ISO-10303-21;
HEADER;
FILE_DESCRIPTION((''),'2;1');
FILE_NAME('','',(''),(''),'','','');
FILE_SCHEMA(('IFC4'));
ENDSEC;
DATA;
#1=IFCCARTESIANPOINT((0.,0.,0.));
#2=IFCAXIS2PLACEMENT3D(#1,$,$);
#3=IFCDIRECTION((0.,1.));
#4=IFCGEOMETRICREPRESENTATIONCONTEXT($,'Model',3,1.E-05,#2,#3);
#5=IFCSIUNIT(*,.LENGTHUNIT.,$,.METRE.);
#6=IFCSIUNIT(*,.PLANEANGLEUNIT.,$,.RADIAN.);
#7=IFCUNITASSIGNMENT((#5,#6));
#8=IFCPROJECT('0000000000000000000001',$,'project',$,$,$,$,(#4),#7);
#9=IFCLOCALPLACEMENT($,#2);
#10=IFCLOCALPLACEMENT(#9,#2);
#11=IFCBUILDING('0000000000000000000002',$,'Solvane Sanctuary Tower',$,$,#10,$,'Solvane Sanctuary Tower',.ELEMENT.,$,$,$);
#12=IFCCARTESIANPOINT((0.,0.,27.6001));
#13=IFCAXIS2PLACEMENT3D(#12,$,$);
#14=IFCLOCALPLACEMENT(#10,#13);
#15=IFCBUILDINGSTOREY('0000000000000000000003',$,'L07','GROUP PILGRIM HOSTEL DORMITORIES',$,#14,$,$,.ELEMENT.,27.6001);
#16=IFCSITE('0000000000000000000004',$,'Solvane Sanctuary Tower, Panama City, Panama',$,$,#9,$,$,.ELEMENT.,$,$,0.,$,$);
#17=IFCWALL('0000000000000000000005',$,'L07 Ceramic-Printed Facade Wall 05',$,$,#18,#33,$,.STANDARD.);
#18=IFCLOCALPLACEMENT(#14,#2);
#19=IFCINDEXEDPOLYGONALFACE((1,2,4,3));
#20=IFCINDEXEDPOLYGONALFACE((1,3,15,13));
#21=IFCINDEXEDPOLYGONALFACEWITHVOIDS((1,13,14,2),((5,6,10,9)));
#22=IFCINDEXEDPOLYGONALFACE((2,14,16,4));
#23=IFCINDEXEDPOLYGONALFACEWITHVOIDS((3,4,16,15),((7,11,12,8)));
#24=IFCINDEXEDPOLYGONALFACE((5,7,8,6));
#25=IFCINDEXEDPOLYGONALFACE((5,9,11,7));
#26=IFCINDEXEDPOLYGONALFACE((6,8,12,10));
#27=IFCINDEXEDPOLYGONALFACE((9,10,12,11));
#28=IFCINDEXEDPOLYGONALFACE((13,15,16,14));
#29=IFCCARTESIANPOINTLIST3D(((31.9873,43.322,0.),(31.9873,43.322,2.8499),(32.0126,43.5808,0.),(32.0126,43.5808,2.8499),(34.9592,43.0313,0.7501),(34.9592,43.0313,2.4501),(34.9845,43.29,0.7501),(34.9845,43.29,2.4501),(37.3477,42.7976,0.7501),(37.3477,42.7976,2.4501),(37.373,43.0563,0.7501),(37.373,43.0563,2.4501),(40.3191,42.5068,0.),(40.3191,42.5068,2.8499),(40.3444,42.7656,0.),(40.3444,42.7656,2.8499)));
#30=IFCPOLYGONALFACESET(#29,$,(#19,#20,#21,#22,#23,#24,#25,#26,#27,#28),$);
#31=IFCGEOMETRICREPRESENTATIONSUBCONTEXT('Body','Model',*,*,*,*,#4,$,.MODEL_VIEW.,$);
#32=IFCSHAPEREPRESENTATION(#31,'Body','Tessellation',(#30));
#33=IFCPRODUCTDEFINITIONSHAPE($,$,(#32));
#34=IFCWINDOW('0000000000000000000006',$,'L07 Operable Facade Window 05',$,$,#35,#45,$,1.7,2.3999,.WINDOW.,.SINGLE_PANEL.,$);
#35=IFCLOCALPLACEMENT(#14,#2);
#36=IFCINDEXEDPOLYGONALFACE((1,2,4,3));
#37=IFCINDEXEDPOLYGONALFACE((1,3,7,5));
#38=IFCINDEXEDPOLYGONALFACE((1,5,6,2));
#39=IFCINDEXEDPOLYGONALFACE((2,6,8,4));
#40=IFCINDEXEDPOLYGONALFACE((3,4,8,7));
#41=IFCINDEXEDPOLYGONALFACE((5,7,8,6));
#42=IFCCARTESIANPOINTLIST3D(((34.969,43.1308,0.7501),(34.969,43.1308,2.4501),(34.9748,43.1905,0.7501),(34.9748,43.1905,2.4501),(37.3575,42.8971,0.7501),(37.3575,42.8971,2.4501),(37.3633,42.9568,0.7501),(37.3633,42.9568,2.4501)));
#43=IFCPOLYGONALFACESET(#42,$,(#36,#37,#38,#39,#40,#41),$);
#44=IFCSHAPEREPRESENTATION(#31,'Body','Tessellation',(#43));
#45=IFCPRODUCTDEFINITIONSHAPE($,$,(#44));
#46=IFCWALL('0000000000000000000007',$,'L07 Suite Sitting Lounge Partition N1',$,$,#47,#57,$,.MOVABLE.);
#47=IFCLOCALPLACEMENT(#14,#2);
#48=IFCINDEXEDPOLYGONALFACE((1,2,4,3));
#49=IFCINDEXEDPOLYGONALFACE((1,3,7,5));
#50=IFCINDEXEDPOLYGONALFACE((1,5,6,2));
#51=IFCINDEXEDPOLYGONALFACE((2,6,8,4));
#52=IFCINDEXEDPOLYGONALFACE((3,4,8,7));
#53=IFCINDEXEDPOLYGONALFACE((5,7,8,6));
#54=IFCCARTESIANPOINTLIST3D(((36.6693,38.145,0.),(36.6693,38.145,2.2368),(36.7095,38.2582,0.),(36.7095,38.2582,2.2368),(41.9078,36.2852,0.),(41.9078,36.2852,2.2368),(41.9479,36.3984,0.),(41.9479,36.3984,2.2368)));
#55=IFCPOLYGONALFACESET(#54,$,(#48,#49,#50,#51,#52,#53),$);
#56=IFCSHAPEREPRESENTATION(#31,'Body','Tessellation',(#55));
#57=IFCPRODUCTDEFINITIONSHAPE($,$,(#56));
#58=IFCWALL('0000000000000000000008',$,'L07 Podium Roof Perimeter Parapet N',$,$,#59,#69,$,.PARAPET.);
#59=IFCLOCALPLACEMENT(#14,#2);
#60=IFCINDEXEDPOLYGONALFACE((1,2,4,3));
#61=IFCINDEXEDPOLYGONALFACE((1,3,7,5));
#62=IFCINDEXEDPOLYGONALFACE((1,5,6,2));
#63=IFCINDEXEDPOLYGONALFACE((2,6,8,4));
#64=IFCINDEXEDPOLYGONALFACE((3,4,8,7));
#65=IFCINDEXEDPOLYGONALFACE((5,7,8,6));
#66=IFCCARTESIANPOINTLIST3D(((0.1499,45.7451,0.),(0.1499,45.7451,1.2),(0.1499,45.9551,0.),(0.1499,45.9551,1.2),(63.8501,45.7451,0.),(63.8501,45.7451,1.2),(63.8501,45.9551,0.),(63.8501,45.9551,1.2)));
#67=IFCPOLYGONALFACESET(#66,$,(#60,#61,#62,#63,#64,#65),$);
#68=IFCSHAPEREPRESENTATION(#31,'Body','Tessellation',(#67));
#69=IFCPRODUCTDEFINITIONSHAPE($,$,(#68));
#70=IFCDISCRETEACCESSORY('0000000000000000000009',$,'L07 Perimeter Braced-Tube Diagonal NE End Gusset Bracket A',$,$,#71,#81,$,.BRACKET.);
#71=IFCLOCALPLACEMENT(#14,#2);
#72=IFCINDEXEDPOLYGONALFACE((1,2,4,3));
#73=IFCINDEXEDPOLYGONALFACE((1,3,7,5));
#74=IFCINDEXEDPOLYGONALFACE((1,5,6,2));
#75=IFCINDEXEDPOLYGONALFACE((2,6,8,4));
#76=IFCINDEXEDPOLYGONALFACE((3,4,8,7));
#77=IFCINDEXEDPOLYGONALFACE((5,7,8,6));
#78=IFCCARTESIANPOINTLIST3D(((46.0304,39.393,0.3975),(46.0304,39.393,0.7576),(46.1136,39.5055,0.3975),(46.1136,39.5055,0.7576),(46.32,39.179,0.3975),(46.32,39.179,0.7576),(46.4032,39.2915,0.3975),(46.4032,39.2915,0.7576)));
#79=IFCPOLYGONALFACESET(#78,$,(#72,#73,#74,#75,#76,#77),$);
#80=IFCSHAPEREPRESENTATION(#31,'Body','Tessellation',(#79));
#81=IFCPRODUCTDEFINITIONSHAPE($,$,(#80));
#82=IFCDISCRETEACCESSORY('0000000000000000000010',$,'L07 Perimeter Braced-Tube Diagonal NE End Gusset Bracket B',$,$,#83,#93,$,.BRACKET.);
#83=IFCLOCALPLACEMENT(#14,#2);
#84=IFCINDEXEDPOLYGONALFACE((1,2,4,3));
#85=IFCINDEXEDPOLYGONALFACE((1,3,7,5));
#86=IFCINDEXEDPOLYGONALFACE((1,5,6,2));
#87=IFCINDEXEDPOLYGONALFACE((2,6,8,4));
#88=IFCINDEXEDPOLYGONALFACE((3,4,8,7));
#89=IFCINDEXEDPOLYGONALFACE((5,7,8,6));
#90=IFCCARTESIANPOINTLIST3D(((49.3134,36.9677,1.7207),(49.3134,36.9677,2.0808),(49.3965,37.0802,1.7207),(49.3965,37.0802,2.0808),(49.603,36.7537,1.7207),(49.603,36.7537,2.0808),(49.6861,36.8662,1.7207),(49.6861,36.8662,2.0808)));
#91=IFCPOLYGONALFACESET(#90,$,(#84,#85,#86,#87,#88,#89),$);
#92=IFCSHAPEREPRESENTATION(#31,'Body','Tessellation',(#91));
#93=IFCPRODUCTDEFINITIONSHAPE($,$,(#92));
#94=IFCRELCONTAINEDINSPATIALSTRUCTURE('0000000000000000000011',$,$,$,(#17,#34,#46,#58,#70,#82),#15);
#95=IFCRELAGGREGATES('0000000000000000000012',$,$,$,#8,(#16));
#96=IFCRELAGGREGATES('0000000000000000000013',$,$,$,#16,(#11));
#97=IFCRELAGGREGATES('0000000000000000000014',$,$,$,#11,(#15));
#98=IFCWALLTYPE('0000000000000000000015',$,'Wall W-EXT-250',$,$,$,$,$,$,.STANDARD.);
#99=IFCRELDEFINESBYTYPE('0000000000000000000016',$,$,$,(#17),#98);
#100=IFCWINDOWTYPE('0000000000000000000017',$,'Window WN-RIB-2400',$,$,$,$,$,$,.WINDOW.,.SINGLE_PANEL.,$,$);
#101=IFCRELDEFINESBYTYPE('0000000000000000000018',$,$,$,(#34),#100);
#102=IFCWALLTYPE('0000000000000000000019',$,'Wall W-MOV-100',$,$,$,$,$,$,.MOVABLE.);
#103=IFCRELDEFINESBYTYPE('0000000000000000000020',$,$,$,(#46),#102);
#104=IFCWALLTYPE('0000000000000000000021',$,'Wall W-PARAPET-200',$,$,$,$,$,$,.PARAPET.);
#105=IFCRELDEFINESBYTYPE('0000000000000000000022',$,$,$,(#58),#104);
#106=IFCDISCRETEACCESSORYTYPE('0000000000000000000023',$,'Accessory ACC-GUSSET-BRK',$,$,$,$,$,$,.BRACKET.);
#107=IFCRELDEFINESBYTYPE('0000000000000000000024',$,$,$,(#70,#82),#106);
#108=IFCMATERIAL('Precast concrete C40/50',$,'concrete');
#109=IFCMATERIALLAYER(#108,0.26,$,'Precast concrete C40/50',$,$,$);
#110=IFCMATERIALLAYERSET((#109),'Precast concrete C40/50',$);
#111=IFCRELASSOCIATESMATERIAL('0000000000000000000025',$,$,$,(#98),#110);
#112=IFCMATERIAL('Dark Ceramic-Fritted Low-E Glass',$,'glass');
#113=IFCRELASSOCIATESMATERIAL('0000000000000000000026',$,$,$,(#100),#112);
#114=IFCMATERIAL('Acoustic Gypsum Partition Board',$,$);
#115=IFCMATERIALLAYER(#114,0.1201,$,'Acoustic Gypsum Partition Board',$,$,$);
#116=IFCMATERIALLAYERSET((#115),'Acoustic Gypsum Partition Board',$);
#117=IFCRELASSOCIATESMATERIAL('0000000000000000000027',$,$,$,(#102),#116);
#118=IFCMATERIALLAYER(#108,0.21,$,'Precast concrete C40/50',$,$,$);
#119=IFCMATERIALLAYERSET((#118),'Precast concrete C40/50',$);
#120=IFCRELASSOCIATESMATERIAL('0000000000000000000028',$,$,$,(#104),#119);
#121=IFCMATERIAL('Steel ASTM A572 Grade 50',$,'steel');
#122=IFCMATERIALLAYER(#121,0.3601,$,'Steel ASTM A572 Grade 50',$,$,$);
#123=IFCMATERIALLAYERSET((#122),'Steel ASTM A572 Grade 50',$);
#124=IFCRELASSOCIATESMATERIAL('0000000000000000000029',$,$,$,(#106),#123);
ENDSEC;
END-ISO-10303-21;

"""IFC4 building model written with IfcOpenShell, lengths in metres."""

from ifc_helpers import new_model, si_unit, direction, frame, frame_2d, origin, origin_2d, place, context, subcontext, project, spatial, rectangle, extrude, material, layer, layer_set, type_object, element, fill, save


model = new_model("IFC4")

# Units and contexts
model_context = context("Model", 3, precision=1e-05, world=origin(), true_north=direction((0.0, 1.0)))
body_context = subcontext(model_context, "Body", "Model", "MODEL_VIEW")
ifc_project = project(units=[si_unit("LENGTHUNIT", "METRE"), si_unit("PLANEANGLEUNIT", "RADIAN")], contexts=[model_context])

# Site, building, storey
site_placement = place(None, origin())
site = spatial("IfcSite", under=ifc_project, at=site_placement, Name="Solvane Sanctuary Tower, Panama City, Panama", CompositionType="ELEMENT", RefElevation=0.0)
building_placement = place(site_placement, origin())
building = spatial("IfcBuilding", under=site, at=building_placement, Name="Solvane Sanctuary Tower", LongName="Solvane Sanctuary Tower", CompositionType="ELEMENT")
storey_placement = place(building_placement, frame((0.0, 0.0, 27.6001)))
storey = spatial("IfcBuildingStorey", under=building, at=storey_placement, Name="L07", Description="GROUP PILGRIM HOSTEL DORMITORIES", CompositionType="ELEMENT", Elevation=27.6001)

# Shared definitions
ifc_material_1 = material(Name="Acoustic Gypsum Partition Board")

# Shared definitions
ifc_material_2 = material(Name="Precast concrete C40/50", Category="concrete")
ifc_layer_1 = layer(ifc_material_2, 0.26, Name="Precast concrete C40/50")
ifc_layer_set_1 = layer_set([ifc_layer_1], Name="Precast concrete C40/50")
wall_type_1 = type_object("IfcWallType", Name="Wall W-EXT-250", PredefinedType="STANDARD", material=ifc_layer_set_1)
ifc_material_3 = material(Name="Dark Ceramic-Fritted Low-E Glass", Category="glass")
window_type_1 = type_object("IfcWindowType", Name="Window WN-RIB-2400", PartitioningType="SINGLE_PANEL", PredefinedType="WINDOW", material=ifc_material_3)

# Wall, opening, window
wall_1_placement = place(storey_placement, frame((40.3318, 42.6362, 0.0), z_axis=(0.0, 0.0, 1.0), x_axis=(-0.995248, 0.097375, 0.0)))
wall_1 = element("IfcWall", 1, at=wall_1_placement, inside=storey, type_object=wall_type_1, Name="L07 Ceramic-Printed Facade Wall 05", PredefinedType="STANDARD", context=body_context, shape_type="SweptSolid", body=[
    extrude(rectangle(XDim=8.3716, YDim=0.26, at=frame_2d((4.1858, 0.0))), origin(), (0.0, 0.0, 1.0), 2.8499),
])
opening_1_placement = place(wall_1_placement, frame((2.9856, 0.0, 0.75)))
opening_1 = element("IfcOpeningElement", 2, at=opening_1_placement, cuts=wall_1, PredefinedType="OPENING", context=body_context, shape_type="SweptSolid", body=[
    extrude(rectangle(XDim=2.3999, YDim=1.7, at=frame_2d((1.2, 0.8501))), frame((0.0, 0.1399, 0.0), z_axis=(0.0, -1.0, 0.0), x_axis=(1.0, 0.0, 0.0)), (0.0, 0.0, 1.0), 0.28),
])
window_1_placement = place(opening_1_placement, origin())
window_1 = element("IfcWindow", 3, at=window_1_placement, inside=storey, type_object=window_type_1, Name="L07 Operable Facade Window 05", OverallHeight=1.7, OverallWidth=2.3999, PartitioningType="SINGLE_PANEL", PredefinedType="WINDOW", context=body_context, shape_type="SweptSolid", body=[
    extrude(rectangle(XDim=2.3999, YDim=1.7, at=frame_2d((1.2, 0.8501))), frame((0.0, 0.03, 0.0), z_axis=(0.0, -1.0, 0.0), x_axis=(1.0, 0.0, 0.0)), (0.0, 0.0, 1.0), 0.0601),
])
fill(opening_1, window_1)

# Walls
ifc_layer_2 = layer(ifc_material_1, 0.1201, Name="Acoustic Gypsum Partition Board")
ifc_layer_set_2 = layer_set([ifc_layer_2], Name="Acoustic Gypsum Partition Board")
wall_type_2 = type_object("IfcWallType", Name="Wall W-MOV-100", PredefinedType="MOVABLE", material=ifc_layer_set_2)
wall_2_placement = place(storey_placement, frame((41.9277, 36.3418, 0.0), z_axis=(0.0, 0.0, 1.0), x_axis=(-0.942369, 0.334575, 0.0)))
element("IfcWall", 4, at=wall_2_placement, inside=storey, type_object=wall_type_2, Name="L07 Suite Sitting Lounge Partition N1", PredefinedType="MOVABLE", context=body_context, shape_type="SweptSolid", body=[
    extrude(rectangle(XDim=5.5588, YDim=0.1201, at=frame_2d((2.7793, 0.0))), origin(), (0.0, 0.0, 1.0), 2.2368),
])
ifc_layer_3 = layer(ifc_material_2, 0.21, Name="Precast concrete C40/50")
ifc_layer_set_3 = layer_set([ifc_layer_3], Name="Precast concrete C40/50")
wall_type_3 = type_object("IfcWallType", Name="Wall W-PARAPET-200", PredefinedType="PARAPET", material=ifc_layer_set_3)
wall_3_placement = place(storey_placement, frame((63.8501, 45.8501, 0.0), z_axis=(0.0, 0.0, 1.0), x_axis=(-1.0, 0.0, 0.0)))
element("IfcWall", 5, at=wall_3_placement, inside=storey, type_object=wall_type_3, Name="L07 Podium Roof Perimeter Parapet N", PredefinedType="PARAPET", context=body_context, shape_type="SweptSolid", body=[
    extrude(rectangle(XDim=63.7002, YDim=0.21, at=frame_2d((31.8501, 0.0))), origin(), (0.0, 0.0, 1.0), 1.2),
])

# Discrete accessories
ifc_material_4 = material(Name="Steel ASTM A572 Grade 50", Category="steel")
ifc_layer_4 = layer(ifc_material_4, 0.3601, Name="Steel ASTM A572 Grade 50")
ifc_layer_set_4 = layer_set([ifc_layer_4], Name="Steel ASTM A572 Grade 50")
discrete_accessory_type = type_object("IfcDiscreteAccessoryType", Name="Accessory ACC-GUSSET-BRK", PredefinedType="BRACKET", material=ifc_layer_set_4)
for number, where, z_axis, x_axis, name in (
    (6, (46.2168, 39.3423, 0.3975), (0.0, 0.0, 1.0), (0.804272, -0.594261, 0.0), "L07 Perimeter Braced-Tube Diagonal NE End Gusset Bracket A"),
    (7, (49.4998, 36.917, 1.7207), (0.0, 0.0, 1.0), (0.804272, -0.594261, 0.0), "L07 Perimeter Braced-Tube Diagonal NE End Gusset Bracket B"),
):
    element("IfcDiscreteAccessory", number, at=place(storey_placement, frame(where, z_axis=z_axis, x_axis=x_axis)), inside=storey, type_object=discrete_accessory_type, Name=name, PredefinedType="BRACKET", context=body_context, shape_type="SweptSolid", body=[
        extrude(rectangle(XDim=0.3601, YDim=0.1399, at=origin_2d()), origin(), (0.0, 0.0, 1.0), 0.3601),
    ])

save(model, "model.ifc")
